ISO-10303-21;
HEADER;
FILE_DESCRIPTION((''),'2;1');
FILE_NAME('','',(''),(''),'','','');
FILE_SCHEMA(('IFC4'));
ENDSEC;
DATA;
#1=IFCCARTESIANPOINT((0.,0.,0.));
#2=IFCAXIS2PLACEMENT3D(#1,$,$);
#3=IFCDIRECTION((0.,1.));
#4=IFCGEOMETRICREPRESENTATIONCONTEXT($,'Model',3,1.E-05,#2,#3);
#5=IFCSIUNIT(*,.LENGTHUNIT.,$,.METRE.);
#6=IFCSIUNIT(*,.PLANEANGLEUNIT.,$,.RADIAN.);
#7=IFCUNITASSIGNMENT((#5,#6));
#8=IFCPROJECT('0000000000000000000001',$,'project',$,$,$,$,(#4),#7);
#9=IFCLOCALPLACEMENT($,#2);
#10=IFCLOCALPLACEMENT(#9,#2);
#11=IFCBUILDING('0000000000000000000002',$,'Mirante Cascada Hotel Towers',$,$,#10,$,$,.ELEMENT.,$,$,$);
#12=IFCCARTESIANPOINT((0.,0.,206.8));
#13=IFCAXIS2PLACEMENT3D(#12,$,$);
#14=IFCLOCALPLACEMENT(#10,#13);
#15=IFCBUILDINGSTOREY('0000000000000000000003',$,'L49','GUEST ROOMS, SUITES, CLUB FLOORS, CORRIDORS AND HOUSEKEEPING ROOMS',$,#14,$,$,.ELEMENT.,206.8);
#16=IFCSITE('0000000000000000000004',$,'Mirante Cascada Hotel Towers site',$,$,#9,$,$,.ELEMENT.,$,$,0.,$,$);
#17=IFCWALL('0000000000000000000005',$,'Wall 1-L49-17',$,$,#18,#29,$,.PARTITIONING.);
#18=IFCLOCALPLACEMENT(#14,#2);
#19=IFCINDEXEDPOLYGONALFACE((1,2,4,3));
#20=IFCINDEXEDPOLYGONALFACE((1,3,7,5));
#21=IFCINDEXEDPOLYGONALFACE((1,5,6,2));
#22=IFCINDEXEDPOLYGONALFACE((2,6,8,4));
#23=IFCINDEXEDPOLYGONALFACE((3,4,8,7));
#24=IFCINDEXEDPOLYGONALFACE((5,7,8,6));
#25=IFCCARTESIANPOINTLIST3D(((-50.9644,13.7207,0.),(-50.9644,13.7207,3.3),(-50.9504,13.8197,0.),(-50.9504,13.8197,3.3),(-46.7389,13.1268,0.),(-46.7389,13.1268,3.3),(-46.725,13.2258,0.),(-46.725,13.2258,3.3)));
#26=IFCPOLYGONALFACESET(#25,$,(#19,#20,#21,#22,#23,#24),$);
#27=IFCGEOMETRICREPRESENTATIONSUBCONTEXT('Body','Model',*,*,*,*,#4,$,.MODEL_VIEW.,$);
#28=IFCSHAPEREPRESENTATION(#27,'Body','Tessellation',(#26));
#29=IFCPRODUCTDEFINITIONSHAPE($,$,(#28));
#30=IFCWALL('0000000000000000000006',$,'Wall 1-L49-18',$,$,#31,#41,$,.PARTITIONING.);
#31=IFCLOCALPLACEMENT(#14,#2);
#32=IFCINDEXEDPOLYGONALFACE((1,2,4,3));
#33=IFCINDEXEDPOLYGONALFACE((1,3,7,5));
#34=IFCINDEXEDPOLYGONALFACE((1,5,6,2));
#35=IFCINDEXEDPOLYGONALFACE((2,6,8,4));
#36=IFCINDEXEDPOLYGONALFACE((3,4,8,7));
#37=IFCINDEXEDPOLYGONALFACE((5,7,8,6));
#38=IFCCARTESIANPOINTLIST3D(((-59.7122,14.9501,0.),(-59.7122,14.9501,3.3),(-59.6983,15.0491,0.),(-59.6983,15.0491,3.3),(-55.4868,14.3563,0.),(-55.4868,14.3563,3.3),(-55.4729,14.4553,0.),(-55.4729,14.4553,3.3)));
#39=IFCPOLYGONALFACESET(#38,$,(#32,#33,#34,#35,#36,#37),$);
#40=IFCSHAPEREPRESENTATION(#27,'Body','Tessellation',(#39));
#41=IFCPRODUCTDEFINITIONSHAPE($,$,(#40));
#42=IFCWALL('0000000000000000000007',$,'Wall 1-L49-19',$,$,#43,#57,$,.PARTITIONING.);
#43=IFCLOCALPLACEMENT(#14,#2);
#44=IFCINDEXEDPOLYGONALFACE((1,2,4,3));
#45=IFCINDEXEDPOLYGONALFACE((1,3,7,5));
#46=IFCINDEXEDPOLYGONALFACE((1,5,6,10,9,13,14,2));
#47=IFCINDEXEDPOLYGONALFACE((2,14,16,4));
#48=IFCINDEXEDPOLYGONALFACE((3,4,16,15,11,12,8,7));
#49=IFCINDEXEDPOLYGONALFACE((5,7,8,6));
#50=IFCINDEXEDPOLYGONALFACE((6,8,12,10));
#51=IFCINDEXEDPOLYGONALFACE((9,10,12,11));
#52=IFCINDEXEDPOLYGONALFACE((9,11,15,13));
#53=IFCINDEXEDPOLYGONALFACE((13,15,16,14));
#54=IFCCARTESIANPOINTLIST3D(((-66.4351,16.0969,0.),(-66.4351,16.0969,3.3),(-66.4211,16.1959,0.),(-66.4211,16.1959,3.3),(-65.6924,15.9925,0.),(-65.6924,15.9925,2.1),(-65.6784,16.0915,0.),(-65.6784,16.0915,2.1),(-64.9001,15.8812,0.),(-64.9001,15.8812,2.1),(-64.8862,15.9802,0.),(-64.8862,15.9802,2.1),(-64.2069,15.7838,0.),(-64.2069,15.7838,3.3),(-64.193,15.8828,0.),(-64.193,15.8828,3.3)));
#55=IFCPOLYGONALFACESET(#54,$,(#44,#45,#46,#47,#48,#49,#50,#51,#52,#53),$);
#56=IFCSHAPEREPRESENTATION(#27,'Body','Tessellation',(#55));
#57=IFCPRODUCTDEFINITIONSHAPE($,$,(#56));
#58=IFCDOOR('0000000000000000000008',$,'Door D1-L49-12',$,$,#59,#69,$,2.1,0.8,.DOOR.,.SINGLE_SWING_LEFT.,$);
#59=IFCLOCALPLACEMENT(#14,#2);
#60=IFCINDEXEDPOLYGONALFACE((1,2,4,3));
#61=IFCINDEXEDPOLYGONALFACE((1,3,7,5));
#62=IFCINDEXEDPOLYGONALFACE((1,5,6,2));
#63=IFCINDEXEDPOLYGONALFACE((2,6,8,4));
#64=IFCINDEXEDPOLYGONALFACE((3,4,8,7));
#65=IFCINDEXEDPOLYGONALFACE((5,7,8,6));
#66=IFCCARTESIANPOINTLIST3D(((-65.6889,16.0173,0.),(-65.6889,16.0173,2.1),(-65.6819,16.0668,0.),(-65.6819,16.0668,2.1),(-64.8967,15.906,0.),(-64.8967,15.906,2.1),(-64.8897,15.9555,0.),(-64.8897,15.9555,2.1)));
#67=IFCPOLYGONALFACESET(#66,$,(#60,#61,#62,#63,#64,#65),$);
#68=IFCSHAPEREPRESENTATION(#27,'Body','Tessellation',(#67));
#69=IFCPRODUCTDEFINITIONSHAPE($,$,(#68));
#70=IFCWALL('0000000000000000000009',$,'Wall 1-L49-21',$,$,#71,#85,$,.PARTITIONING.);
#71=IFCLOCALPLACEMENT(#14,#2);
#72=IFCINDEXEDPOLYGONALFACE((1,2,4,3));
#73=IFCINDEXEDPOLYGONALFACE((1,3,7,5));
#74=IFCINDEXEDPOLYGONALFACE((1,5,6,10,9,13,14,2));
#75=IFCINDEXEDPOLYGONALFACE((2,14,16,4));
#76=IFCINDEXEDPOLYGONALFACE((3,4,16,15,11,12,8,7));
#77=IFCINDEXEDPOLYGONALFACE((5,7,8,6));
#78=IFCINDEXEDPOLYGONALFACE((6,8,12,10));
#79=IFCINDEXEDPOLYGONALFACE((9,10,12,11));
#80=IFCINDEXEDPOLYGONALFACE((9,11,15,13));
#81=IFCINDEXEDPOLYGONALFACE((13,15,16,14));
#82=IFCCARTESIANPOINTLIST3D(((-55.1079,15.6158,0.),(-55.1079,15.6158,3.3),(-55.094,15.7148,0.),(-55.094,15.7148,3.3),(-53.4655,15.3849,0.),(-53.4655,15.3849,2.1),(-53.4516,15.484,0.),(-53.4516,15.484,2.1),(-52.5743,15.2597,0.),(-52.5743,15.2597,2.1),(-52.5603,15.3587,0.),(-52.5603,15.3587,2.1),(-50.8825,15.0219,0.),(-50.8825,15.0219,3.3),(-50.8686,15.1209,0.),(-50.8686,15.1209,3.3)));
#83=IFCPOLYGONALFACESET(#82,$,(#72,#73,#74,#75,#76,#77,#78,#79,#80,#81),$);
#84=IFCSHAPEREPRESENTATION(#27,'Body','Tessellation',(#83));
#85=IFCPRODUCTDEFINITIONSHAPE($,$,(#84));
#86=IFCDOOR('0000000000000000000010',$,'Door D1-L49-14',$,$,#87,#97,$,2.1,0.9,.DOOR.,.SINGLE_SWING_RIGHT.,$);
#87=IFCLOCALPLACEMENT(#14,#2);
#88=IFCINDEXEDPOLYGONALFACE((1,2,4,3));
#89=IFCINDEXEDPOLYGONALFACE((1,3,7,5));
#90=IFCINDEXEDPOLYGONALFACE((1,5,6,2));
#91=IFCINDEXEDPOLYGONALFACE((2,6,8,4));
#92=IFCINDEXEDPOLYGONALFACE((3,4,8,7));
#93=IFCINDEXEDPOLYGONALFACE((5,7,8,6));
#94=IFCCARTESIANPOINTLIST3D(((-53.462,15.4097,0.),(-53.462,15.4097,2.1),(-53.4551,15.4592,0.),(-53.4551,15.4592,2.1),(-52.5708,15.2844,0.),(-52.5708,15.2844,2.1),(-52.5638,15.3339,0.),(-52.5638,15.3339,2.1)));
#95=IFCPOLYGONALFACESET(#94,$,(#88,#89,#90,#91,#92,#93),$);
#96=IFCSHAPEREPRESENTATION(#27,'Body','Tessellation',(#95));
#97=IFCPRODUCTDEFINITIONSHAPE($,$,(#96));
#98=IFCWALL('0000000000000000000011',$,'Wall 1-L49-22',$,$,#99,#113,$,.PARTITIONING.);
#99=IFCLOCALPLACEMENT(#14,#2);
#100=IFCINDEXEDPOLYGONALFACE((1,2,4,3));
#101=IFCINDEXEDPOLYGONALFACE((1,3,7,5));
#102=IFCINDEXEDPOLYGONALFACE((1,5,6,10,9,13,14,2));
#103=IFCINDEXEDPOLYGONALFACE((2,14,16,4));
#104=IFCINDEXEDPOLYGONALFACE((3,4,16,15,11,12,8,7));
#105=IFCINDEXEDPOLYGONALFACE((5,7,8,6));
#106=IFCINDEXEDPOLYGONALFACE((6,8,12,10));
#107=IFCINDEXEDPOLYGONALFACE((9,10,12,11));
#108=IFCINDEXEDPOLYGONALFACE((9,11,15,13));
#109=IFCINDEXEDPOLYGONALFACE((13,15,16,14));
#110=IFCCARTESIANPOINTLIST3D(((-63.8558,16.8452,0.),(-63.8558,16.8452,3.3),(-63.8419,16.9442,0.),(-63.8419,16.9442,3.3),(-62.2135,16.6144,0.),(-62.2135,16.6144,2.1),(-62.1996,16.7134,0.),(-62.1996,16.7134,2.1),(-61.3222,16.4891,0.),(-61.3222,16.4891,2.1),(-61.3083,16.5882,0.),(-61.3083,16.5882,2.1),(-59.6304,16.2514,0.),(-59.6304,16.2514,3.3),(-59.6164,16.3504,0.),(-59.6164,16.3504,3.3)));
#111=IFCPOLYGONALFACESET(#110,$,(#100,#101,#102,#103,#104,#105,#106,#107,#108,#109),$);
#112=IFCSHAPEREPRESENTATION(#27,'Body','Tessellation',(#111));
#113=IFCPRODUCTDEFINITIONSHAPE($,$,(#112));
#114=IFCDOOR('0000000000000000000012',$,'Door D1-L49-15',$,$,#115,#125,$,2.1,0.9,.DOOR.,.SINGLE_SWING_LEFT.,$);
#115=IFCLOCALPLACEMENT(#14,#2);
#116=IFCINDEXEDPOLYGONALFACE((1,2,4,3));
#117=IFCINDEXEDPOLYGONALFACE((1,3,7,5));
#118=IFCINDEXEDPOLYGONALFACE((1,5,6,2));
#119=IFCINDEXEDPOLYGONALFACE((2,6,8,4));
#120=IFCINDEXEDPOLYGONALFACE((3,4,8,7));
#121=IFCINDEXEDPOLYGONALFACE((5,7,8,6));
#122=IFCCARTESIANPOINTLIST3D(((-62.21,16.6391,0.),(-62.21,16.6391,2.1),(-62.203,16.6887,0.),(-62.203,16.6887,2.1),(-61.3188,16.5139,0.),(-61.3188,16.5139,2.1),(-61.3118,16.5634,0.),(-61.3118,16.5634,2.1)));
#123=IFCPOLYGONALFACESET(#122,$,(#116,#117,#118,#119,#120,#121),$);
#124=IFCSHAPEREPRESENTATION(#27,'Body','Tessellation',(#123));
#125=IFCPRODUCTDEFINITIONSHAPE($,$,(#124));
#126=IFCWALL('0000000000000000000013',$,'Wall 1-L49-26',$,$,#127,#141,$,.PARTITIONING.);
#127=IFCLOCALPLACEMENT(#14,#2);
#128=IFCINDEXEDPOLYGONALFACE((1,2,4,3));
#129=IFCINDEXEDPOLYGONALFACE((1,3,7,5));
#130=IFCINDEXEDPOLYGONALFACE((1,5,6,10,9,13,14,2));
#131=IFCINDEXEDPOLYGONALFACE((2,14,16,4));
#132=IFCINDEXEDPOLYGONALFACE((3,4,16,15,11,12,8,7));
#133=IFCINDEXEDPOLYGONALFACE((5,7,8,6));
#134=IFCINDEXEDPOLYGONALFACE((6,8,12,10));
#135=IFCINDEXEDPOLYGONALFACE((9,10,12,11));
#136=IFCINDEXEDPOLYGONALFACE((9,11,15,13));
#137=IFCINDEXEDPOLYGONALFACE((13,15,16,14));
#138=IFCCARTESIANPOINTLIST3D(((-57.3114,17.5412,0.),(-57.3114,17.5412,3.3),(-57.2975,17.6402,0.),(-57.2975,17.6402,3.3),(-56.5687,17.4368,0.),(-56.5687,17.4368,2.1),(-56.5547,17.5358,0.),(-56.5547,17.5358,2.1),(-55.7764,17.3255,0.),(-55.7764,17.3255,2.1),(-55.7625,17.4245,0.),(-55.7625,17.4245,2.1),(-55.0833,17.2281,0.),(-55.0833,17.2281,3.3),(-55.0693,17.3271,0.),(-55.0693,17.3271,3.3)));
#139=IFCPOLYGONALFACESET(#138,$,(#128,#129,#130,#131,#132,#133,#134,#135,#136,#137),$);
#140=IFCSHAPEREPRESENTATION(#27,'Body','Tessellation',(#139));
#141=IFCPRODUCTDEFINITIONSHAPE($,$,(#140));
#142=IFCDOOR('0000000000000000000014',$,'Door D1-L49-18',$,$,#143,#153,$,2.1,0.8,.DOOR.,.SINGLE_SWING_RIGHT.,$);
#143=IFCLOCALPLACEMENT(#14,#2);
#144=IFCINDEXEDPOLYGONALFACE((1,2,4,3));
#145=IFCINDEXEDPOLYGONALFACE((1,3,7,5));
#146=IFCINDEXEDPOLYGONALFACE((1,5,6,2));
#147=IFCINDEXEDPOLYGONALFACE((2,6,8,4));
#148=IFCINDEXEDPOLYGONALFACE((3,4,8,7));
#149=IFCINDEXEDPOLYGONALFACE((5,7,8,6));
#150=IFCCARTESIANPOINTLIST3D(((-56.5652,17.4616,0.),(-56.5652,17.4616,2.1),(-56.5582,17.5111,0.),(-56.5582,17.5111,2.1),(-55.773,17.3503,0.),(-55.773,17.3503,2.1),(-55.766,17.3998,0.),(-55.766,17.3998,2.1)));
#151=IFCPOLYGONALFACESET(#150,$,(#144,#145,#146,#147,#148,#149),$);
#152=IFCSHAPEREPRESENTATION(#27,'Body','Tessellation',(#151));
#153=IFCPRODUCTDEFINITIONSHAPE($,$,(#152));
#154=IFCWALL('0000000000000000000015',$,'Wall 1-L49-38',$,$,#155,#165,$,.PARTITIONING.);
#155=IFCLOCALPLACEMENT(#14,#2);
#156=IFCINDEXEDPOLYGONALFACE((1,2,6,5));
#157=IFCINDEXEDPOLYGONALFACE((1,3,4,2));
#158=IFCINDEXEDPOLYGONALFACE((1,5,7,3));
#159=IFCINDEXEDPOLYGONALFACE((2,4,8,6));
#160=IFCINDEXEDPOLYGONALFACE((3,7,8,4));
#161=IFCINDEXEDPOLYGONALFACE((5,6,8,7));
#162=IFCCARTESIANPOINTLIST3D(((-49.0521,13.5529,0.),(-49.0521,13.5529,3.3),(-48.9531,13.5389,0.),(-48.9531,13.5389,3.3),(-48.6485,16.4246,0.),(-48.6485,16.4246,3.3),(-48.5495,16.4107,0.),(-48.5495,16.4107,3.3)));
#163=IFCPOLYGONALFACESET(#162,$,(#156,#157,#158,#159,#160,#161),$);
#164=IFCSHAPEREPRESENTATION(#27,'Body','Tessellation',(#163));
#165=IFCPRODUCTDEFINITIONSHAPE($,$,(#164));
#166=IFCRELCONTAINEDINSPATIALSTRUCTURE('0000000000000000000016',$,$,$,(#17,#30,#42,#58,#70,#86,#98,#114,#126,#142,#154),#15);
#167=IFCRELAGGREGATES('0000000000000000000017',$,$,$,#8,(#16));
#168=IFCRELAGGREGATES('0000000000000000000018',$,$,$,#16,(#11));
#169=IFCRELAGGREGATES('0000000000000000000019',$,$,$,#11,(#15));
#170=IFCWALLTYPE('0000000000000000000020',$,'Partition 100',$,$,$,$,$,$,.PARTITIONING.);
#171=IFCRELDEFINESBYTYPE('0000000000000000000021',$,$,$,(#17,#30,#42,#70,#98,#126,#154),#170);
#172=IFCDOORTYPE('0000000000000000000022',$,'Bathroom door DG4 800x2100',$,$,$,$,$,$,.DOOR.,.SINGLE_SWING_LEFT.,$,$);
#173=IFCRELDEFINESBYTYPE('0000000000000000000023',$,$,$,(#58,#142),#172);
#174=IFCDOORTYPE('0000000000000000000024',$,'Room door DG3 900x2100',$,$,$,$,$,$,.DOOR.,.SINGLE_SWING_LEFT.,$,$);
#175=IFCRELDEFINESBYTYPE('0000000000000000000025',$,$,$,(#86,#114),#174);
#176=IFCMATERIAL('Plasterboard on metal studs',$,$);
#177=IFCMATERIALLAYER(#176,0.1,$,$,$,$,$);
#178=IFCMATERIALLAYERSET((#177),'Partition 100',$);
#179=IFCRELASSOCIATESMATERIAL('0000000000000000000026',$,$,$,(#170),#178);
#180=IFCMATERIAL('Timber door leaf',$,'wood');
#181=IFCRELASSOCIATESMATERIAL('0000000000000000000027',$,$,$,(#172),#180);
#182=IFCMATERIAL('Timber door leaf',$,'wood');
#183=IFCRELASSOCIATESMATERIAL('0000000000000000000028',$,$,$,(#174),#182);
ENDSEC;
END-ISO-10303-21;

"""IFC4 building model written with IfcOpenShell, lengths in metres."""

from ifc_helpers import new_model, si_unit, direction, frame, frame_2d, origin, place, context, subcontext, project, spatial, rectangle, extrude, material, layer, layer_set, type_object, element, fill, save


model = new_model("IFC4")

# Units and contexts
model_context = context("Model", 3, precision=1e-05, world=origin(), true_north=direction((0.0, 1.0)))
body_context = subcontext(model_context, "Body", "Model", "MODEL_VIEW")
ifc_project = project(units=[si_unit("LENGTHUNIT", "METRE"), si_unit("PLANEANGLEUNIT", "RADIAN")], contexts=[model_context])

# Site, building, storey
site_placement = place(None, origin())
site = spatial("IfcSite", under=ifc_project, at=site_placement, Name="Mirante Cascada Hotel Towers site", CompositionType="ELEMENT", RefElevation=0.0)
building_placement = place(site_placement, origin())
building = spatial("IfcBuilding", under=site, at=building_placement, Name="Mirante Cascada Hotel Towers", CompositionType="ELEMENT")
storey_placement = place(building_placement, frame((0.0, 0.0, 206.8)))
storey = spatial("IfcBuildingStorey", under=building, at=storey_placement, Name="L49", Description="GUEST ROOMS, SUITES, CLUB FLOORS, CORRIDORS AND HOUSEKEEPING ROOMS", CompositionType="ELEMENT", Elevation=206.8)

# Walls
ifc_material_1 = material(Name="Plasterboard on metal studs")
ifc_layer_1 = layer(ifc_material_1, 0.1)
ifc_layer_set_1 = layer_set([ifc_layer_1], Name="Partition 100")
wall_type_1 = type_object("IfcWallType", Name="Partition 100", PredefinedType="PARTITIONING", material=ifc_layer_set_1)
wall_1_placement = place(storey_placement, frame((-50.9574, 13.7702, 0.0), z_axis=(0.0, 0.0, 1.0), x_axis=(0.990267, -0.139183, 0.0)))
element("IfcWall", 1, at=wall_1_placement, inside=storey, type_object=wall_type_1, Name="Wall 1-L49-17", PredefinedType="PARTITIONING", context=body_context, shape_type="SweptSolid", body=[
    extrude(rectangle(XDim=4.267, YDim=0.1, at=frame_2d((2.1335, 0.0))), origin(), (0.0, 0.0, 1.0), 3.3),
])
wall_2_placement = place(storey_placement, frame((-55.4799, 14.4058, 0.0), z_axis=(0.0, 0.0, 1.0), x_axis=(-0.990269, 0.139164, 0.0)))
element("IfcWall", 2, at=wall_2_placement, inside=storey, type_object=wall_type_1, Name="Wall 1-L49-18", PredefinedType="PARTITIONING", context=body_context, shape_type="SweptSolid", body=[
    extrude(rectangle(XDim=4.2669, YDim=0.1, at=frame_2d((2.1334, 0.0))), origin(), (0.0, 0.0, 1.0), 3.3),
])

# Walls, openings, doors
wall_3_placement = place(storey_placement, frame((-66.4281, 16.1464, 0.0), z_axis=(0.0, 0.0, 1.0), x_axis=(0.990271, -0.139156, 0.0)))
wall_3 = element("IfcWall", 3, at=wall_3_placement, inside=storey, type_object=wall_type_1, Name="Wall 1-L49-19", PredefinedType="PARTITIONING", context=body_context, shape_type="SweptSolid", body=[
    extrude(rectangle(XDim=2.25, YDim=0.1, at=frame_2d((1.125, 0.0))), origin(), (0.0, 0.0, 1.0), 3.3),
])
opening_1_placement = place(wall_3_placement, frame((0.75, 0.0, 0.0)))
opening_1 = element("IfcOpeningElement", 4, at=opening_1_placement, cuts=wall_3, PredefinedType="OPENING", context=body_context, shape_type="SweptSolid", body=[
    extrude(rectangle(XDim=0.8, YDim=2.1, at=frame_2d((0.4, 1.05))), frame((0.0, 0.05, 0.0), z_axis=(0.0, -1.0, 0.0), x_axis=(1.0, 0.0, 0.0)), (0.0, 0.0, 1.0), 0.1),
])
ifc_material_2 = material(Name="Timber door leaf", Category="wood")
door_type_1 = type_object("IfcDoorType", Name="Bathroom door DG4 800x2100", OperationType="SINGLE_SWING_LEFT", PredefinedType="DOOR", material=ifc_material_2)
door_1_placement = place(opening_1_placement, origin())
door_1 = element("IfcDoor", 5, at=door_1_placement, inside=storey, type_object=door_type_1, Name="Door D1-L49-12", OperationType="SINGLE_SWING_LEFT", OverallHeight=2.1, OverallWidth=0.8, PredefinedType="DOOR", context=body_context, shape_type="SweptSolid", body=[
    extrude(rectangle(XDim=0.8, YDim=2.1, at=frame_2d((0.4, 1.05))), frame((0.0, 0.025, 0.0), z_axis=(0.0, -1.0, 0.0), x_axis=(1.0, 0.0, 0.0)), (0.0, 0.0, 1.0), 0.05),
])
fill(opening_1, door_1)
wall_4_placement = place(storey_placement, frame((-55.1009, 15.6653, 0.0), z_axis=(0.0, 0.0, 1.0), x_axis=(0.990266, -0.139187, 0.0)))
wall_4 = element("IfcWall", 6, at=wall_4_placement, inside=storey, type_object=wall_type_1, Name="Wall 1-L49-21", PredefinedType="PARTITIONING", context=body_context, shape_type="SweptSolid", body=[
    extrude(rectangle(XDim=4.2669, YDim=0.1, at=frame_2d((2.1334, 0.0))), origin(), (0.0, 0.0, 1.0), 3.3),
])
opening_2_placement = place(wall_4_placement, frame((1.6585, 0.0, 0.0)))
opening_2 = element("IfcOpeningElement", 7, at=opening_2_placement, cuts=wall_4, PredefinedType="OPENING", context=body_context, shape_type="SweptSolid", body=[
    extrude(rectangle(XDim=0.9, YDim=2.1, at=frame_2d((0.45, 1.05))), frame((0.0, 0.05, 0.0), z_axis=(0.0, -1.0, 0.0), x_axis=(1.0, 0.0, 0.0)), (0.0, 0.0, 1.0), 0.1),
])
ifc_material_3 = material(Name="Timber door leaf", Category="wood")
door_type_2 = type_object("IfcDoorType", Name="Room door DG3 900x2100", OperationType="SINGLE_SWING_LEFT", PredefinedType="DOOR", material=ifc_material_3)
door_2_placement = place(opening_2_placement, frame((0.9, 0.0, 0.0), z_axis=(0.0, 0.0, 1.0), x_axis=(-1.0, 0.0, 0.0)))
door_2 = element("IfcDoor", 8, at=door_2_placement, inside=storey, type_object=door_type_2, Name="Door D1-L49-14", OperationType="SINGLE_SWING_RIGHT", OverallHeight=2.1, OverallWidth=0.9, PredefinedType="DOOR", context=body_context, shape_type="SweptSolid", body=[
    extrude(rectangle(XDim=0.9, YDim=2.1, at=frame_2d((0.45, 1.05))), frame((0.0, 0.025, 0.0), z_axis=(0.0, -1.0, 0.0), x_axis=(1.0, 0.0, 0.0)), (0.0, 0.0, 1.0), 0.05),
])
fill(opening_2, door_2)
wall_5_placement = place(storey_placement, frame((-59.6234, 16.3009, 0.0), z_axis=(0.0, 0.0, 1.0), x_axis=(-0.99027, 0.13916, 0.0)))
wall_5 = element("IfcWall", 9, at=wall_5_placement, inside=storey, type_object=wall_type_1, Name="Wall 1-L49-22", PredefinedType="PARTITIONING", context=body_context, shape_type="SweptSolid", body=[
    extrude(rectangle(XDim=4.267, YDim=0.1, at=frame_2d((2.1335, 0.0))), origin(), (0.0, 0.0, 1.0), 3.3),
])
opening_3_placement = place(wall_5_placement, frame((1.7085, 0.0, 0.0)))
opening_3 = element("IfcOpeningElement", 10, at=opening_3_placement, cuts=wall_5, PredefinedType="OPENING", context=body_context, shape_type="SweptSolid", body=[
    extrude(rectangle(XDim=0.9, YDim=2.1, at=frame_2d((0.45, 1.05))), frame((0.0, 0.05, 0.0), z_axis=(0.0, -1.0, 0.0), x_axis=(1.0, 0.0, 0.0)), (0.0, 0.0, 1.0), 0.1),
])
door_3_placement = place(opening_3_placement, origin())
door_3 = element("IfcDoor", 11, at=door_3_placement, inside=storey, type_object=door_type_2, Name="Door D1-L49-15", OperationType="SINGLE_SWING_LEFT", OverallHeight=2.1, OverallWidth=0.9, PredefinedType="DOOR", context=body_context, shape_type="SweptSolid", body=[
    extrude(rectangle(XDim=0.9, YDim=2.1, at=frame_2d((0.45, 1.05))), frame((0.0, 0.025, 0.0), z_axis=(0.0, -1.0, 0.0), x_axis=(1.0, 0.0, 0.0)), (0.0, 0.0, 1.0), 0.05),
])
fill(opening_3, door_3)
wall_6_placement = place(storey_placement, frame((-55.0763, 17.2776, 0.0), z_axis=(0.0, 0.0, 1.0), x_axis=(-0.990271, 0.139156, 0.0)))
wall_6 = element("IfcWall", 12, at=wall_6_placement, inside=storey, type_object=wall_type_1, Name="Wall 1-L49-26", PredefinedType="PARTITIONING", context=body_context, shape_type="SweptSolid", body=[
    extrude(rectangle(XDim=2.25, YDim=0.1, at=frame_2d((1.125, 0.0))), origin(), (0.0, 0.0, 1.0), 3.3),
])
opening_4_placement = place(wall_6_placement, frame((0.7, 0.0, 0.0)))
opening_4 = element("IfcOpeningElement", 13, at=opening_4_placement, cuts=wall_6, PredefinedType="OPENING", context=body_context, shape_type="SweptSolid", body=[
    extrude(rectangle(XDim=0.8, YDim=2.1, at=frame_2d((0.4, 1.05))), frame((0.0, 0.05, 0.0), z_axis=(0.0, -1.0, 0.0), x_axis=(1.0, 0.0, 0.0)), (0.0, 0.0, 1.0), 0.1),
])
door_4_placement = place(opening_4_placement, frame((0.8, 0.0, 0.0), z_axis=(0.0, 0.0, 1.0), x_axis=(-1.0, 0.0, 0.0)))
door_4 = element("IfcDoor", 14, at=door_4_placement, inside=storey, type_object=door_type_1, Name="Door D1-L49-18", OperationType="SINGLE_SWING_RIGHT", OverallHeight=2.1, OverallWidth=0.8, PredefinedType="DOOR", context=body_context, shape_type="SweptSolid", body=[
    extrude(rectangle(XDim=0.8, YDim=2.1, at=frame_2d((0.4, 1.05))), frame((0.0, 0.025, 0.0), z_axis=(0.0, -1.0, 0.0), x_axis=(1.0, 0.0, 0.0)), (0.0, 0.0, 1.0), 0.05),
])
fill(opening_4, door_4)

# Wall
wall_7_placement = place(storey_placement, frame((-49.0026, 13.5459, 0.0), z_axis=(0.0, 0.0, 1.0), x_axis=(0.139171, 0.990268, 0.0)))
element("IfcWall", 15, at=wall_7_placement, inside=storey, type_object=wall_type_1, Name="Wall 1-L49-38", PredefinedType="PARTITIONING", context=body_context, shape_type="SweptSolid", body=[
    extrude(rectangle(XDim=2.9, YDim=0.1, at=frame_2d((1.45, 0.0))), origin(), (0.0, 0.0, 1.0), 3.3),
])

save(model, "model.ifc")
